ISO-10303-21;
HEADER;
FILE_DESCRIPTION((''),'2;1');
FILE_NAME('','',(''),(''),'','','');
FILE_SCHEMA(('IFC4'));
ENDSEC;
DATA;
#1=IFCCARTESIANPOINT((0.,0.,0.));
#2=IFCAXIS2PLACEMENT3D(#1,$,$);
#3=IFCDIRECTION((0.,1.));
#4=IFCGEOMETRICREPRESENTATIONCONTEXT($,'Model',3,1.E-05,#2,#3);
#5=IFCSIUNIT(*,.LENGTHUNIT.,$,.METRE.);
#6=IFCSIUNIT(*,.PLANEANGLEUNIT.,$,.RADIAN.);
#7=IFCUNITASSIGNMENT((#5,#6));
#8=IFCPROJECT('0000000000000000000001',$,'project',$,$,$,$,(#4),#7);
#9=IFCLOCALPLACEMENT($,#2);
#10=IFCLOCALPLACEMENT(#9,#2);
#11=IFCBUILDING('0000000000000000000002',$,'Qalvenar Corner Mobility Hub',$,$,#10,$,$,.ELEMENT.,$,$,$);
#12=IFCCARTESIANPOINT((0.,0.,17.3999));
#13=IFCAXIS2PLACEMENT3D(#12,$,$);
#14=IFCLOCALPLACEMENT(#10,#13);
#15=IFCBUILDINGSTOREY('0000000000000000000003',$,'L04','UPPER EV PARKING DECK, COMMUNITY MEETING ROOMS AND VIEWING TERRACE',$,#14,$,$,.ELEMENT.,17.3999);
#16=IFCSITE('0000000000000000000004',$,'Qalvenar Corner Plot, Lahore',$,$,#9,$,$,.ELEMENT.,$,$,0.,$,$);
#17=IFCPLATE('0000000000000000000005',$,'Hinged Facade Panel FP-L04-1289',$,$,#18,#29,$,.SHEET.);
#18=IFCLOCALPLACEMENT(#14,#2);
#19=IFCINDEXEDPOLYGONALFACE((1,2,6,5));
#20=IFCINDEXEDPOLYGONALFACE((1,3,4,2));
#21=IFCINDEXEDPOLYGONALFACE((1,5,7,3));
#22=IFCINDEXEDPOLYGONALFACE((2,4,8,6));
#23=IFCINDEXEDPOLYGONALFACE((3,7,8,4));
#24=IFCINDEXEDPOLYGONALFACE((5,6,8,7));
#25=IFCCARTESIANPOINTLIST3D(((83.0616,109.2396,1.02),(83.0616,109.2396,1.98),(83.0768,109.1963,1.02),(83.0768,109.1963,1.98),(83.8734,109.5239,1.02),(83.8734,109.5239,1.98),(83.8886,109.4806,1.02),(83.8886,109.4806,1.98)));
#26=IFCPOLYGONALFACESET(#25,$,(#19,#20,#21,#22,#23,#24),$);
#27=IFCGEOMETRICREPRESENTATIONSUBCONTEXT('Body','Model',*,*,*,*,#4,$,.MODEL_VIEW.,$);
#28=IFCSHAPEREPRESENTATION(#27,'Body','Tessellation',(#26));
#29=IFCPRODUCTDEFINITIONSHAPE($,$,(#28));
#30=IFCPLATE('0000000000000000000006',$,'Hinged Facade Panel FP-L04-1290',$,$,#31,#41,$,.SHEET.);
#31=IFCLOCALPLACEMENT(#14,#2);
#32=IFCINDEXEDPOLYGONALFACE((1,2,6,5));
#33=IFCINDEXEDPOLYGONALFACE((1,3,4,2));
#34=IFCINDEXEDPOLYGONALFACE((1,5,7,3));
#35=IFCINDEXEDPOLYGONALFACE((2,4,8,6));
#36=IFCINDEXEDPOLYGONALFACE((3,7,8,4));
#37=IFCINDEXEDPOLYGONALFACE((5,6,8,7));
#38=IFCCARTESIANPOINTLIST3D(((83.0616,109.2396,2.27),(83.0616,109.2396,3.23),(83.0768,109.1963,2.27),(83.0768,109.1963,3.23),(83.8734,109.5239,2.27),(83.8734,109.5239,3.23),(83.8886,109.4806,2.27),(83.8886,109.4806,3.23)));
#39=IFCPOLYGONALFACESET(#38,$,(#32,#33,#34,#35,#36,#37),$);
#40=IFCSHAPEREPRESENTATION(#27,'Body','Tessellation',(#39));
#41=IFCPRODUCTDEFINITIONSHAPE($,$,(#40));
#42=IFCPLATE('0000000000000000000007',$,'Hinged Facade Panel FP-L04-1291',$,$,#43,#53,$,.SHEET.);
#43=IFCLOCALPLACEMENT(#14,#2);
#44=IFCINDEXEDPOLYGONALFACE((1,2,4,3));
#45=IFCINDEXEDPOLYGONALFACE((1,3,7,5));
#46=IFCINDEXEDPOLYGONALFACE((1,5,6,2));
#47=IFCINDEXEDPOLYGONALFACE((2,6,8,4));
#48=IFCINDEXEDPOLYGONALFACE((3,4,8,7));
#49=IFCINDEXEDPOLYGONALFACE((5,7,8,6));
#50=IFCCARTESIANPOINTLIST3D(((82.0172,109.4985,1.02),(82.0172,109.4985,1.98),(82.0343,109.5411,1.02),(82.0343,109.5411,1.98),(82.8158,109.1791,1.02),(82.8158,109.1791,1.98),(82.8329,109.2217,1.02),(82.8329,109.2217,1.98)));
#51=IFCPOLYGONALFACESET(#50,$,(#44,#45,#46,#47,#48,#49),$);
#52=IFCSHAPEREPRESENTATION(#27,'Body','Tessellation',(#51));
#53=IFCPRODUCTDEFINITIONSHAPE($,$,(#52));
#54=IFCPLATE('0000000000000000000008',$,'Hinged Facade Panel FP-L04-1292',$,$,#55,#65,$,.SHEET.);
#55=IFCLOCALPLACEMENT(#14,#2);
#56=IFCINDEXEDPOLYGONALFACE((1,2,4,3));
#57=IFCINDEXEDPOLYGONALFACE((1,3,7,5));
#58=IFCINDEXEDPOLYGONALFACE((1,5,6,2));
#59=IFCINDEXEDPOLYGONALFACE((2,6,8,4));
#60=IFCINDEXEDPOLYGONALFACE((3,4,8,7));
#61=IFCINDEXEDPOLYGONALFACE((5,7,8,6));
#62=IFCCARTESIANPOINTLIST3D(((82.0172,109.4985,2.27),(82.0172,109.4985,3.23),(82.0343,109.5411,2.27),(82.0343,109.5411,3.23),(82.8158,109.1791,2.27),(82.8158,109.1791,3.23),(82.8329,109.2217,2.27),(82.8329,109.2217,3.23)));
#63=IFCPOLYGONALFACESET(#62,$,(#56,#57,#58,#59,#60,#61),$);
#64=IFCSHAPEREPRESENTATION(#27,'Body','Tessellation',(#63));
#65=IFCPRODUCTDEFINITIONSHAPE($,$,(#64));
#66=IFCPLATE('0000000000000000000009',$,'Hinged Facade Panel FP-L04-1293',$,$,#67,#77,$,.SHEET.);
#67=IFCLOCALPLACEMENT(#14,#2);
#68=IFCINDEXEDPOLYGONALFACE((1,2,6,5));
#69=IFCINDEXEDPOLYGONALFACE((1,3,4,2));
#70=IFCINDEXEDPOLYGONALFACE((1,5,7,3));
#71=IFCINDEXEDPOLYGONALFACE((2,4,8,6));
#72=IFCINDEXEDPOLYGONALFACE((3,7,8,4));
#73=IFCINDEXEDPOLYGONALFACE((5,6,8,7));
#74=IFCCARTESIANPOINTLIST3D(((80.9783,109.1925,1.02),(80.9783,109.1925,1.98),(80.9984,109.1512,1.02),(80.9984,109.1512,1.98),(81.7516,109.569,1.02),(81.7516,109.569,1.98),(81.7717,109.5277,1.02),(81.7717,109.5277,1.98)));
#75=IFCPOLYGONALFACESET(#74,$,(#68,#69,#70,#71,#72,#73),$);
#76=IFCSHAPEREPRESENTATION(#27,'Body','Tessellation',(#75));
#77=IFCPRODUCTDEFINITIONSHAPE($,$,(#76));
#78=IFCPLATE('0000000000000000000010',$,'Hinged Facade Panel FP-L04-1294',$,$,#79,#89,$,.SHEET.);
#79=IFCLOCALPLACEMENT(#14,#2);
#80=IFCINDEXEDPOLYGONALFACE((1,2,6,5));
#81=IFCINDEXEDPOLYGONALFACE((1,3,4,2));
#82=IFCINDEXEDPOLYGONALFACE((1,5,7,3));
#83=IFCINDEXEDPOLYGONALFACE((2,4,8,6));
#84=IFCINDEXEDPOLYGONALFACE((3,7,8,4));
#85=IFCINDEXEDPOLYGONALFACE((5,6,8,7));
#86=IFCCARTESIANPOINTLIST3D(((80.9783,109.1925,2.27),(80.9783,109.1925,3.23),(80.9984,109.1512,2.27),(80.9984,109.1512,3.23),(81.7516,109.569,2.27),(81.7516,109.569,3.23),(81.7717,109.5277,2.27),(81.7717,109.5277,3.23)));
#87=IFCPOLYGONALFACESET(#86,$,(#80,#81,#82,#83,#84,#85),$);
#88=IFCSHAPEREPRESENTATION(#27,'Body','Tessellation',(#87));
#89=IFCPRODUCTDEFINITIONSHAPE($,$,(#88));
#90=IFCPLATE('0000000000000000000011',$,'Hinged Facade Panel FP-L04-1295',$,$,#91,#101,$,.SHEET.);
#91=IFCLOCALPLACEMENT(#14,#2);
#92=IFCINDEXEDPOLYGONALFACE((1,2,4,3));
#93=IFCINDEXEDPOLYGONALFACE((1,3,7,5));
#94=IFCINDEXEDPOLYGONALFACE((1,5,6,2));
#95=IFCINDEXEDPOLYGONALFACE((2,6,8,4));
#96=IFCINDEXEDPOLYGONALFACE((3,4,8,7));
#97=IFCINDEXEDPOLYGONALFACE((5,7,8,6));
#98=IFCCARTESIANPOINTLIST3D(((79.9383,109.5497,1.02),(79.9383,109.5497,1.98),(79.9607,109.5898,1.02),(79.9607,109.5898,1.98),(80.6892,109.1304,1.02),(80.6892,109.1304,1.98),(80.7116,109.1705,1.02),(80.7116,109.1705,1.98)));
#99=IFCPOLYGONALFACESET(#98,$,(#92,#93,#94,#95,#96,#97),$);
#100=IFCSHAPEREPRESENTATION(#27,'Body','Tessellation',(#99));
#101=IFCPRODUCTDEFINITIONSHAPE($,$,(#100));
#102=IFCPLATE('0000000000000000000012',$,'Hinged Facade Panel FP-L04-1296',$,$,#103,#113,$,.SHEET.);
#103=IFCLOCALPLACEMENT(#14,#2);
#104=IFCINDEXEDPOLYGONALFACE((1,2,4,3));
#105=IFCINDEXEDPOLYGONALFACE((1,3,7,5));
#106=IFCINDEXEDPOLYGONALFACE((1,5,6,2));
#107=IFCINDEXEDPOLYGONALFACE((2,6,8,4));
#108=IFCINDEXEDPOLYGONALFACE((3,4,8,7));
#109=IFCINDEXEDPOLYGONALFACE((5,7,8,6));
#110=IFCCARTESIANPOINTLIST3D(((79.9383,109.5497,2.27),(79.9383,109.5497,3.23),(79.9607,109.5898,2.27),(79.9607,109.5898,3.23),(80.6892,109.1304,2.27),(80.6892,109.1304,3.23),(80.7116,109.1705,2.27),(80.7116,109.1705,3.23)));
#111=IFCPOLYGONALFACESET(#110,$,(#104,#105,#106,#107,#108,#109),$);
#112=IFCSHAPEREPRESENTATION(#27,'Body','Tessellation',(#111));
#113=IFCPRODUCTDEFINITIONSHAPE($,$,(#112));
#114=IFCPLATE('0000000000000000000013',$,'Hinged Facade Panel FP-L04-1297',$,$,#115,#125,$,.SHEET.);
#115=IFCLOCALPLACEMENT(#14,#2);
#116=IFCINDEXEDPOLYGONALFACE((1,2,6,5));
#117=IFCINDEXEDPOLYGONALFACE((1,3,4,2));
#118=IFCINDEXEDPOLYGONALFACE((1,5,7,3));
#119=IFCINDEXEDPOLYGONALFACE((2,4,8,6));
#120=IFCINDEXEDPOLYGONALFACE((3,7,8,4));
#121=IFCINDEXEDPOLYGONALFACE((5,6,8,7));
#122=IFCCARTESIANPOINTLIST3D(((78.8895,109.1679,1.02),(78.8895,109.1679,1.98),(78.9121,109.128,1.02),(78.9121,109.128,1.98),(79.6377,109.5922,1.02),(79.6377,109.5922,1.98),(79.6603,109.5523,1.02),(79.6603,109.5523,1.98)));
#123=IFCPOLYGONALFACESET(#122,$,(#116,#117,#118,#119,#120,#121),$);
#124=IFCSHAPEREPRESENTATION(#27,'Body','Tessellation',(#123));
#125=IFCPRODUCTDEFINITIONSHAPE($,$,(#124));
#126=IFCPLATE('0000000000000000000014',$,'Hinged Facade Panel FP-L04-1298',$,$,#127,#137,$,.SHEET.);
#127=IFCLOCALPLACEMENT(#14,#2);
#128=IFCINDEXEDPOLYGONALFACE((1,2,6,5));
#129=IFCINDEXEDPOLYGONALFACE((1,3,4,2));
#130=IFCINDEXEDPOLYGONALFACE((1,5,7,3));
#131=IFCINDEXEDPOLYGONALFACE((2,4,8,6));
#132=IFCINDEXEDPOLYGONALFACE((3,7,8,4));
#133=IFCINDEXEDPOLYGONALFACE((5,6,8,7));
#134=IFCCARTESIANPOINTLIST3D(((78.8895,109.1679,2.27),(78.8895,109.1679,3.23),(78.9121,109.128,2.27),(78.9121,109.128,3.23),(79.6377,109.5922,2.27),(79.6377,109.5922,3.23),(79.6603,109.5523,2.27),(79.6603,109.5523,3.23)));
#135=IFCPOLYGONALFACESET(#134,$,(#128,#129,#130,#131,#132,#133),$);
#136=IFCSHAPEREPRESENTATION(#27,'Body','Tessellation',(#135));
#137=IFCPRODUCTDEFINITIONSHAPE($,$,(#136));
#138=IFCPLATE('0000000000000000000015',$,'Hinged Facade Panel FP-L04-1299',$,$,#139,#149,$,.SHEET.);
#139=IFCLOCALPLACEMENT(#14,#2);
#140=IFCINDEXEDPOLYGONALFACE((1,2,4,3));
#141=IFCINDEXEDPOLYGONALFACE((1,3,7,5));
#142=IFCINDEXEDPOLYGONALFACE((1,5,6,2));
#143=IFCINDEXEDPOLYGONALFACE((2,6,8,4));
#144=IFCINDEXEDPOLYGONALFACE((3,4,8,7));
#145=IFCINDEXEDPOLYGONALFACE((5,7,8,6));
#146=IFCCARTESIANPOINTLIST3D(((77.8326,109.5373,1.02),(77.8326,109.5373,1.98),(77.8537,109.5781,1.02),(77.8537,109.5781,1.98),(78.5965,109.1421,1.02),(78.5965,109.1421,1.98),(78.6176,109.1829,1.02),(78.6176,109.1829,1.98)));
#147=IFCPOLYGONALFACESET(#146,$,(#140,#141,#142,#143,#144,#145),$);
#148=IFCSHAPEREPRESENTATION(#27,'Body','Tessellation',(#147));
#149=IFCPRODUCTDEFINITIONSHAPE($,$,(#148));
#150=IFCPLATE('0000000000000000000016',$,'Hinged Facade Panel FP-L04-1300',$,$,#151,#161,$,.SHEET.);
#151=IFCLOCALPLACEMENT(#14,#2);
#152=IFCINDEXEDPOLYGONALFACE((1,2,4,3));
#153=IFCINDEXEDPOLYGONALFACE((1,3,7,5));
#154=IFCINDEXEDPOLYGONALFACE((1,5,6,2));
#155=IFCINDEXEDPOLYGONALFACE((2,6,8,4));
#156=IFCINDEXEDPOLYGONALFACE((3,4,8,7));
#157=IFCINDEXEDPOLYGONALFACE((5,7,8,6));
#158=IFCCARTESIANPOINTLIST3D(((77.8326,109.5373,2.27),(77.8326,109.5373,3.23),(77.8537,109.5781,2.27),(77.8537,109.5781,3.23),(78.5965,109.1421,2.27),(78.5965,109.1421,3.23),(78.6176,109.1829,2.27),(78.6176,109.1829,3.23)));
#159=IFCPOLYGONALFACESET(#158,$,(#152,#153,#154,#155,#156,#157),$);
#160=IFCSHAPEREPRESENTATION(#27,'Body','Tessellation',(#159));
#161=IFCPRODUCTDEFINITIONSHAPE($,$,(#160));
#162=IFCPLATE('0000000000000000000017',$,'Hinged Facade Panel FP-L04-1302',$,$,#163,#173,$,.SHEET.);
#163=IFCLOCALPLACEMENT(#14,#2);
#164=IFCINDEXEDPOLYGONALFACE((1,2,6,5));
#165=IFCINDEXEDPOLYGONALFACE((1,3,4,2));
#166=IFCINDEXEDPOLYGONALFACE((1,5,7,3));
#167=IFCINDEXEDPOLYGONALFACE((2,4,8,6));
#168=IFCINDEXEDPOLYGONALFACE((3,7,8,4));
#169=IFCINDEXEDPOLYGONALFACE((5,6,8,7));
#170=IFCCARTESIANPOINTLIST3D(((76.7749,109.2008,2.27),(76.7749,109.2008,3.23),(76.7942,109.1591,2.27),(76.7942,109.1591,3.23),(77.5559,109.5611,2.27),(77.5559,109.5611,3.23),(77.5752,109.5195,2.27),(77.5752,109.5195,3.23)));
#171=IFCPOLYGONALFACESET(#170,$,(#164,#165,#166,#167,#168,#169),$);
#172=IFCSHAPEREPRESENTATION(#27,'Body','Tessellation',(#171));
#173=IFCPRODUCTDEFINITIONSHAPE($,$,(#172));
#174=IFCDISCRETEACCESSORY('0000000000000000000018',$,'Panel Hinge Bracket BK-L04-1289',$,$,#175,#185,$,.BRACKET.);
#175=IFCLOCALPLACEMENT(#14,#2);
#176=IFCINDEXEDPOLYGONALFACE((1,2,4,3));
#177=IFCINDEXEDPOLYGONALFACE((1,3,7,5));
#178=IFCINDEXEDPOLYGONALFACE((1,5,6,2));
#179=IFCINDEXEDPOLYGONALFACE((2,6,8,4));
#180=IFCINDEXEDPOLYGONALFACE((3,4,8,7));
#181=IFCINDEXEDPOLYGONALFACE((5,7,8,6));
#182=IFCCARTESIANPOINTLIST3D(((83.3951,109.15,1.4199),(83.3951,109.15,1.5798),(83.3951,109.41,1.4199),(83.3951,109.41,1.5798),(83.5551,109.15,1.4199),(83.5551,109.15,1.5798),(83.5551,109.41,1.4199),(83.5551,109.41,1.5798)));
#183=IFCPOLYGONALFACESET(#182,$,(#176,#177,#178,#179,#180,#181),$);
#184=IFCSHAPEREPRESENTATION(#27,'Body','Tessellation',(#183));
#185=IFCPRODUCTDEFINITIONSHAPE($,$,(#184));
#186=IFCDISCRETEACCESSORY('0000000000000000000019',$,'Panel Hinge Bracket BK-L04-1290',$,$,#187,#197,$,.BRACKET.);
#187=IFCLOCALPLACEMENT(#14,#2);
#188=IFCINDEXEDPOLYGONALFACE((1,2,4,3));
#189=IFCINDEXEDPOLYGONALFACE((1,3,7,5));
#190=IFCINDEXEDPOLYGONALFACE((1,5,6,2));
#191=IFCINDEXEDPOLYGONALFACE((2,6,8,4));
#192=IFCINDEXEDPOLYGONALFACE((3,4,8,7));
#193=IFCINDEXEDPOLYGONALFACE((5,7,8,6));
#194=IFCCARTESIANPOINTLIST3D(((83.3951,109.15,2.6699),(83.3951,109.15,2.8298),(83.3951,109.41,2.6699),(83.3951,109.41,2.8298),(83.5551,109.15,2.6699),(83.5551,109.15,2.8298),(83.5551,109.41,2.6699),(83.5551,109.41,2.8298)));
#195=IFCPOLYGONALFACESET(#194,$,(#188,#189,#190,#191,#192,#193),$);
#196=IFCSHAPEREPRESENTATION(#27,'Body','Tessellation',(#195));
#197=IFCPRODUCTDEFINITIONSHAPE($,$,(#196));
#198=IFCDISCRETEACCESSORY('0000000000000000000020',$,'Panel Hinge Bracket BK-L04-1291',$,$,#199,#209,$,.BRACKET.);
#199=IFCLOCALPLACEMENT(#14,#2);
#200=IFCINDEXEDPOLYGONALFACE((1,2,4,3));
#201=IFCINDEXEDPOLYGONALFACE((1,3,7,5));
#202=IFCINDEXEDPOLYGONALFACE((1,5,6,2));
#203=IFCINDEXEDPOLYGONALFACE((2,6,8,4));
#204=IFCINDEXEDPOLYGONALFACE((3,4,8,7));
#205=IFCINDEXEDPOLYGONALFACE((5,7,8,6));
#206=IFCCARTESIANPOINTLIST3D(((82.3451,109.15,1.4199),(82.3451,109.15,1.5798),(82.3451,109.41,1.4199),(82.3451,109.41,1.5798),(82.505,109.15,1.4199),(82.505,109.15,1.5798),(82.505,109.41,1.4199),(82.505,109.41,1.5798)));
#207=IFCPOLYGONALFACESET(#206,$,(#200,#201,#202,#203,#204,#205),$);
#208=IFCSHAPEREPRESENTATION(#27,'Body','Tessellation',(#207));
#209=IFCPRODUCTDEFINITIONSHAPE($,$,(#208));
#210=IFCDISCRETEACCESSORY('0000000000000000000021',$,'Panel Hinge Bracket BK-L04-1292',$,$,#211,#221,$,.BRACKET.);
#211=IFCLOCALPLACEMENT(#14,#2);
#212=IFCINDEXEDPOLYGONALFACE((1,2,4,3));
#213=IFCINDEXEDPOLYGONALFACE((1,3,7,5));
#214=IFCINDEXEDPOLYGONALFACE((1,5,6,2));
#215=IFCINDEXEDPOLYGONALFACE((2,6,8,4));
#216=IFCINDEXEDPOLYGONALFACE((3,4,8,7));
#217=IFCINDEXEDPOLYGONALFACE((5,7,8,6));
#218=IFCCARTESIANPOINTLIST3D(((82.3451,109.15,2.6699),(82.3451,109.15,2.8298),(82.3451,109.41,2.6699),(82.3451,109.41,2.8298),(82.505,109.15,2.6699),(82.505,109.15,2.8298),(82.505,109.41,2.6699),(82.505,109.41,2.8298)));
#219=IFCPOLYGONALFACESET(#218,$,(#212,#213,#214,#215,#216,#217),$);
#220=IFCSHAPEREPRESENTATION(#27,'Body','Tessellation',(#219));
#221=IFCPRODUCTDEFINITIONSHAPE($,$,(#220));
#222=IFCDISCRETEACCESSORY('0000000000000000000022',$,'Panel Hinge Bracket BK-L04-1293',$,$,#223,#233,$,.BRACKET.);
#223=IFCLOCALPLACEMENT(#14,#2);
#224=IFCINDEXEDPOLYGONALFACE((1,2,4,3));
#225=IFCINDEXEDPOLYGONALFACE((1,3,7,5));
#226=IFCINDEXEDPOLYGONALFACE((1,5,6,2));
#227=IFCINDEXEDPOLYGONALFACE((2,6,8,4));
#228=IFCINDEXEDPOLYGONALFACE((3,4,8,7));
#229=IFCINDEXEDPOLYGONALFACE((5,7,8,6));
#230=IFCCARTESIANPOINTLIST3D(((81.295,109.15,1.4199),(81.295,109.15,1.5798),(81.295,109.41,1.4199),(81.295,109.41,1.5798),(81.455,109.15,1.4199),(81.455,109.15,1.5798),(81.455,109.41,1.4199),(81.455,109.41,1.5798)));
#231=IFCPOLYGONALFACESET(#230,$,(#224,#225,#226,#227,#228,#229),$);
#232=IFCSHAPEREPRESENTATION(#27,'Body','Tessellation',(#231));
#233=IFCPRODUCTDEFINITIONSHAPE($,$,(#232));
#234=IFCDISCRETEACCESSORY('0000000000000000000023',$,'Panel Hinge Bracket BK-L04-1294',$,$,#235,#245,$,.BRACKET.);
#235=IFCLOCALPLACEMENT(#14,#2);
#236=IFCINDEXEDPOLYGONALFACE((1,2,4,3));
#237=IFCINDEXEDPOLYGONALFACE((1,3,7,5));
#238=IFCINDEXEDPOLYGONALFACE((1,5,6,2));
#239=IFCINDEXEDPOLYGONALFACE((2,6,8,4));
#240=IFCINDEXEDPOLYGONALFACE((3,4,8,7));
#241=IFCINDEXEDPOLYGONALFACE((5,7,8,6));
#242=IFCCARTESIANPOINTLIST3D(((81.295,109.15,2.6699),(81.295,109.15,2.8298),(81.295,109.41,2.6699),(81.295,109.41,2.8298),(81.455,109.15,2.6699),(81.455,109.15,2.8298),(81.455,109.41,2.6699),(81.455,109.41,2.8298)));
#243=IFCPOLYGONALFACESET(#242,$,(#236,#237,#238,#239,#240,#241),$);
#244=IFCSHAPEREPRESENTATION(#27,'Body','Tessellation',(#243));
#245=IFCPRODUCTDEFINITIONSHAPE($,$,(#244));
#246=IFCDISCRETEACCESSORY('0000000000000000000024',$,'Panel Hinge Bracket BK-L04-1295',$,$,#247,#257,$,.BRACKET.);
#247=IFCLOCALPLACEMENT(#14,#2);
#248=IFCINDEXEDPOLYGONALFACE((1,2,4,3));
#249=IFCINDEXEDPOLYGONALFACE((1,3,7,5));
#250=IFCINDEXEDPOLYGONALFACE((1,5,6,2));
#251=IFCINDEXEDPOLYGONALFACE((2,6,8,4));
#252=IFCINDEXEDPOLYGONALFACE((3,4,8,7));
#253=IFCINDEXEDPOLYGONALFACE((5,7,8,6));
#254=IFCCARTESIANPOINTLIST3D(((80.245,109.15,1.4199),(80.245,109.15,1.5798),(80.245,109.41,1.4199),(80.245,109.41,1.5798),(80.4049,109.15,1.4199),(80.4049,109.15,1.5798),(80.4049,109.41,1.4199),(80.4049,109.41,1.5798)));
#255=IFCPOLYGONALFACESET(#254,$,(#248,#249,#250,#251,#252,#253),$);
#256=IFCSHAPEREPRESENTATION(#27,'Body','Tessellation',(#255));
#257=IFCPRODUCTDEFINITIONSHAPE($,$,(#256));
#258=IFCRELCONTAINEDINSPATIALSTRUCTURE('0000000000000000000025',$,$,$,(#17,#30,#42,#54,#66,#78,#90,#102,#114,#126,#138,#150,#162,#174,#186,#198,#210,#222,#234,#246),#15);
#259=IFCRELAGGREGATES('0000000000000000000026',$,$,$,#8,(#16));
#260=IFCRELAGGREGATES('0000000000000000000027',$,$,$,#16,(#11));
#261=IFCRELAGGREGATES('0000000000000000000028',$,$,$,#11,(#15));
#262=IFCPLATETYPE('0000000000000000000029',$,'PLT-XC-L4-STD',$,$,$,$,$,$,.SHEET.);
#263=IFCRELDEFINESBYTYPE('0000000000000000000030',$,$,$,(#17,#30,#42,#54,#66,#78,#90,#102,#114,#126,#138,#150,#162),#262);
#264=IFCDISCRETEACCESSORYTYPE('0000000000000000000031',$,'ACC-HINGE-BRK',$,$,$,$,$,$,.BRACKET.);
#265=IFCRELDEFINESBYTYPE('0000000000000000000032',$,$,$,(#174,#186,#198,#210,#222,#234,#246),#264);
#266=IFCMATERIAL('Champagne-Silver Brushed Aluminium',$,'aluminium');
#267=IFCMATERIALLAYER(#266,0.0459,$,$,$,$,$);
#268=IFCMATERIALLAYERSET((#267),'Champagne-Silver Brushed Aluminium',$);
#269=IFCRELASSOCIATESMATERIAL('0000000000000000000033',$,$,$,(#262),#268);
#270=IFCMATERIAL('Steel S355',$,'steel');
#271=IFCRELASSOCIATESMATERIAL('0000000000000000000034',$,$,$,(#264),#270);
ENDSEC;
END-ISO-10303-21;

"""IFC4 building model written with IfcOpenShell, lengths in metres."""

from ifc_helpers import new_model, si_unit, direction, frame, origin, origin_2d, place, context, subcontext, project, spatial, rectangle, extrude, material, layer, layer_set, type_object, element, save


model = new_model("IFC4")

# Units and contexts
model_context = context("Model", 3, precision=1e-05, world=origin(), true_north=direction((0.0, 1.0)))
body_context = subcontext(model_context, "Body", "Model", "MODEL_VIEW")
ifc_project = project(units=[si_unit("LENGTHUNIT", "METRE"), si_unit("PLANEANGLEUNIT", "RADIAN")], contexts=[model_context])

# Site, building, storey
site_placement = place(None, origin())
site = spatial("IfcSite", under=ifc_project, at=site_placement, Name="Qalvenar Corner Plot, Lahore", CompositionType="ELEMENT", RefElevation=0.0)
building_placement = place(site_placement, origin())
building = spatial("IfcBuilding", under=site, at=building_placement, Name="Qalvenar Corner Mobility Hub", CompositionType="ELEMENT")
storey_placement = place(building_placement, frame((0.0, 0.0, 17.3999)))
storey = spatial("IfcBuildingStorey", under=building, at=storey_placement, Name="L04", Description="UPPER EV PARKING DECK, COMMUNITY MEETING ROOMS AND VIEWING TERRACE", CompositionType="ELEMENT", Elevation=17.3999)

# Shared definitions
ifc_material_1 = material(Name="Steel S355", Category="steel")

# Plates
ifc_material_2 = material(Name="Champagne-Silver Brushed Aluminium", Category="aluminium")
ifc_layer = layer(ifc_material_2, 0.0459)
ifc_layer_set = layer_set([ifc_layer], Name="Champagne-Silver Brushed Aluminium")
plate_type = type_object("IfcPlateType", Name="PLT-XC-L4-STD", PredefinedType="SHEET", material=ifc_layer_set)
for number, where, z_axis, x_axis, name in (
    (1, (83.4751, 109.3601, 1.02), (0.0, 0.0, 1.0), (-0.943801, -0.330514, 0.0), "Hinged Facade Panel FP-L04-1289"),
    (2, (83.4751, 109.3601, 2.27), (0.0, 0.0, 1.0), (-0.943801, -0.330514, 0.0), "Hinged Facade Panel FP-L04-1290"),
    (3, (82.425, 109.3601, 1.02), (0.0, 0.0, 1.0), (-0.928486, 0.371368, 0.0), "Hinged Facade Panel FP-L04-1291"),
    (4, (82.425, 109.3601, 2.27), (0.0, 0.0, 1.0), (-0.928486, 0.371368, 0.0), "Hinged Facade Panel FP-L04-1292"),
    (5, (81.375, 109.3601, 1.02), (0.0, 0.0, 1.0), (-0.8991, -0.437744, 0.0), "Hinged Facade Panel FP-L04-1293"),
    (6, (81.375, 109.3601, 2.27), (0.0, 0.0, 1.0), (-0.8991, -0.437744, 0.0), "Hinged Facade Panel FP-L04-1294"),
    (7, (80.325, 109.3601, 1.02), (0.0, 0.0, 1.0), (-0.873092, 0.487555, 0.0), "Hinged Facade Panel FP-L04-1295"),
    (8, (80.325, 109.3601, 2.27), (0.0, 0.0, 1.0), (-0.873092, 0.487555, 0.0), "Hinged Facade Panel FP-L04-1296"),
    (9, (79.2749, 109.3601, 1.02), (0.0, 0.0, 1.0), (-0.86984, -0.493335, 0.0), "Hinged Facade Panel FP-L04-1297"),
    (10, (79.2749, 109.3601, 2.27), (0.0, 0.0, 1.0), (-0.86984, -0.493335, 0.0), "Hinged Facade Panel FP-L04-1298"),
    (11, (78.2251, 109.3601, 1.02), (0.0, 0.0, 1.0), (-0.888217, 0.459425, 0.0), "Hinged Facade Panel FP-L04-1299"),
    (12, (78.2251, 109.3601, 2.27), (0.0, 0.0, 1.0), (-0.888217, 0.459425, 0.0), "Hinged Facade Panel FP-L04-1300"),
    (13, (77.175, 109.3601, 2.27), (0.0, 0.0, 1.0), (-0.907997, -0.418977, 0.0), "Hinged Facade Panel FP-L04-1302"),
):
    element("IfcPlate", number, at=place(storey_placement, frame(where, z_axis=z_axis, x_axis=x_axis)), inside=storey, type_object=plate_type, Name=name, PredefinedType="SHEET", context=body_context, shape_type="SweptSolid", body=[
        extrude(rectangle(XDim=0.8601, YDim=0.0459, at=origin_2d()), origin(), (0.0, 0.0, 1.0), 0.96),
    ])

# Discrete accessories
discrete_accessory_type = type_object("IfcDiscreteAccessoryType", Name="ACC-HINGE-BRK", PredefinedType="BRACKET", material=ifc_material_1)
for number, where, z_axis, x_axis, name in (
    (14, (83.4751, 109.28, 1.4199), (0.0, 0.0, 1.0), (-1.0, 0.0, 0.0), "Panel Hinge Bracket BK-L04-1289"),
    (15, (83.4751, 109.28, 2.6699), (0.0, 0.0, 1.0), (-1.0, 0.0, 0.0), "Panel Hinge Bracket BK-L04-1290"),
    (16, (82.425, 109.28, 1.4199), (0.0, 0.0, 1.0), (-1.0, 0.0, 0.0), "Panel Hinge Bracket BK-L04-1291"),
    (17, (82.425, 109.28, 2.6699), (0.0, 0.0, 1.0), (-1.0, 0.0, 0.0), "Panel Hinge Bracket BK-L04-1292"),
    (18, (81.375, 109.28, 1.4199), (0.0, 0.0, 1.0), (-1.0, 0.0, 0.0), "Panel Hinge Bracket BK-L04-1293"),
    (19, (81.375, 109.28, 2.6699), (0.0, 0.0, 1.0), (-1.0, 0.0, 0.0), "Panel Hinge Bracket BK-L04-1294"),
    (20, (80.325, 109.28, 1.4199), (0.0, 0.0, 1.0), (-1.0, 0.0, 0.0), "Panel Hinge Bracket BK-L04-1295"),
):
    element("IfcDiscreteAccessory", number, at=place(storey_placement, frame(where, z_axis=z_axis, x_axis=x_axis)), inside=storey, type_object=discrete_accessory_type, Name=name, PredefinedType="BRACKET", context=body_context, shape_type="SweptSolid", body=[
        extrude(rectangle(XDim=0.1599, YDim=0.26, at=origin_2d()), origin(), (0.0, 0.0, 1.0), 0.1599),
    ])

save(model, "model.ifc")
